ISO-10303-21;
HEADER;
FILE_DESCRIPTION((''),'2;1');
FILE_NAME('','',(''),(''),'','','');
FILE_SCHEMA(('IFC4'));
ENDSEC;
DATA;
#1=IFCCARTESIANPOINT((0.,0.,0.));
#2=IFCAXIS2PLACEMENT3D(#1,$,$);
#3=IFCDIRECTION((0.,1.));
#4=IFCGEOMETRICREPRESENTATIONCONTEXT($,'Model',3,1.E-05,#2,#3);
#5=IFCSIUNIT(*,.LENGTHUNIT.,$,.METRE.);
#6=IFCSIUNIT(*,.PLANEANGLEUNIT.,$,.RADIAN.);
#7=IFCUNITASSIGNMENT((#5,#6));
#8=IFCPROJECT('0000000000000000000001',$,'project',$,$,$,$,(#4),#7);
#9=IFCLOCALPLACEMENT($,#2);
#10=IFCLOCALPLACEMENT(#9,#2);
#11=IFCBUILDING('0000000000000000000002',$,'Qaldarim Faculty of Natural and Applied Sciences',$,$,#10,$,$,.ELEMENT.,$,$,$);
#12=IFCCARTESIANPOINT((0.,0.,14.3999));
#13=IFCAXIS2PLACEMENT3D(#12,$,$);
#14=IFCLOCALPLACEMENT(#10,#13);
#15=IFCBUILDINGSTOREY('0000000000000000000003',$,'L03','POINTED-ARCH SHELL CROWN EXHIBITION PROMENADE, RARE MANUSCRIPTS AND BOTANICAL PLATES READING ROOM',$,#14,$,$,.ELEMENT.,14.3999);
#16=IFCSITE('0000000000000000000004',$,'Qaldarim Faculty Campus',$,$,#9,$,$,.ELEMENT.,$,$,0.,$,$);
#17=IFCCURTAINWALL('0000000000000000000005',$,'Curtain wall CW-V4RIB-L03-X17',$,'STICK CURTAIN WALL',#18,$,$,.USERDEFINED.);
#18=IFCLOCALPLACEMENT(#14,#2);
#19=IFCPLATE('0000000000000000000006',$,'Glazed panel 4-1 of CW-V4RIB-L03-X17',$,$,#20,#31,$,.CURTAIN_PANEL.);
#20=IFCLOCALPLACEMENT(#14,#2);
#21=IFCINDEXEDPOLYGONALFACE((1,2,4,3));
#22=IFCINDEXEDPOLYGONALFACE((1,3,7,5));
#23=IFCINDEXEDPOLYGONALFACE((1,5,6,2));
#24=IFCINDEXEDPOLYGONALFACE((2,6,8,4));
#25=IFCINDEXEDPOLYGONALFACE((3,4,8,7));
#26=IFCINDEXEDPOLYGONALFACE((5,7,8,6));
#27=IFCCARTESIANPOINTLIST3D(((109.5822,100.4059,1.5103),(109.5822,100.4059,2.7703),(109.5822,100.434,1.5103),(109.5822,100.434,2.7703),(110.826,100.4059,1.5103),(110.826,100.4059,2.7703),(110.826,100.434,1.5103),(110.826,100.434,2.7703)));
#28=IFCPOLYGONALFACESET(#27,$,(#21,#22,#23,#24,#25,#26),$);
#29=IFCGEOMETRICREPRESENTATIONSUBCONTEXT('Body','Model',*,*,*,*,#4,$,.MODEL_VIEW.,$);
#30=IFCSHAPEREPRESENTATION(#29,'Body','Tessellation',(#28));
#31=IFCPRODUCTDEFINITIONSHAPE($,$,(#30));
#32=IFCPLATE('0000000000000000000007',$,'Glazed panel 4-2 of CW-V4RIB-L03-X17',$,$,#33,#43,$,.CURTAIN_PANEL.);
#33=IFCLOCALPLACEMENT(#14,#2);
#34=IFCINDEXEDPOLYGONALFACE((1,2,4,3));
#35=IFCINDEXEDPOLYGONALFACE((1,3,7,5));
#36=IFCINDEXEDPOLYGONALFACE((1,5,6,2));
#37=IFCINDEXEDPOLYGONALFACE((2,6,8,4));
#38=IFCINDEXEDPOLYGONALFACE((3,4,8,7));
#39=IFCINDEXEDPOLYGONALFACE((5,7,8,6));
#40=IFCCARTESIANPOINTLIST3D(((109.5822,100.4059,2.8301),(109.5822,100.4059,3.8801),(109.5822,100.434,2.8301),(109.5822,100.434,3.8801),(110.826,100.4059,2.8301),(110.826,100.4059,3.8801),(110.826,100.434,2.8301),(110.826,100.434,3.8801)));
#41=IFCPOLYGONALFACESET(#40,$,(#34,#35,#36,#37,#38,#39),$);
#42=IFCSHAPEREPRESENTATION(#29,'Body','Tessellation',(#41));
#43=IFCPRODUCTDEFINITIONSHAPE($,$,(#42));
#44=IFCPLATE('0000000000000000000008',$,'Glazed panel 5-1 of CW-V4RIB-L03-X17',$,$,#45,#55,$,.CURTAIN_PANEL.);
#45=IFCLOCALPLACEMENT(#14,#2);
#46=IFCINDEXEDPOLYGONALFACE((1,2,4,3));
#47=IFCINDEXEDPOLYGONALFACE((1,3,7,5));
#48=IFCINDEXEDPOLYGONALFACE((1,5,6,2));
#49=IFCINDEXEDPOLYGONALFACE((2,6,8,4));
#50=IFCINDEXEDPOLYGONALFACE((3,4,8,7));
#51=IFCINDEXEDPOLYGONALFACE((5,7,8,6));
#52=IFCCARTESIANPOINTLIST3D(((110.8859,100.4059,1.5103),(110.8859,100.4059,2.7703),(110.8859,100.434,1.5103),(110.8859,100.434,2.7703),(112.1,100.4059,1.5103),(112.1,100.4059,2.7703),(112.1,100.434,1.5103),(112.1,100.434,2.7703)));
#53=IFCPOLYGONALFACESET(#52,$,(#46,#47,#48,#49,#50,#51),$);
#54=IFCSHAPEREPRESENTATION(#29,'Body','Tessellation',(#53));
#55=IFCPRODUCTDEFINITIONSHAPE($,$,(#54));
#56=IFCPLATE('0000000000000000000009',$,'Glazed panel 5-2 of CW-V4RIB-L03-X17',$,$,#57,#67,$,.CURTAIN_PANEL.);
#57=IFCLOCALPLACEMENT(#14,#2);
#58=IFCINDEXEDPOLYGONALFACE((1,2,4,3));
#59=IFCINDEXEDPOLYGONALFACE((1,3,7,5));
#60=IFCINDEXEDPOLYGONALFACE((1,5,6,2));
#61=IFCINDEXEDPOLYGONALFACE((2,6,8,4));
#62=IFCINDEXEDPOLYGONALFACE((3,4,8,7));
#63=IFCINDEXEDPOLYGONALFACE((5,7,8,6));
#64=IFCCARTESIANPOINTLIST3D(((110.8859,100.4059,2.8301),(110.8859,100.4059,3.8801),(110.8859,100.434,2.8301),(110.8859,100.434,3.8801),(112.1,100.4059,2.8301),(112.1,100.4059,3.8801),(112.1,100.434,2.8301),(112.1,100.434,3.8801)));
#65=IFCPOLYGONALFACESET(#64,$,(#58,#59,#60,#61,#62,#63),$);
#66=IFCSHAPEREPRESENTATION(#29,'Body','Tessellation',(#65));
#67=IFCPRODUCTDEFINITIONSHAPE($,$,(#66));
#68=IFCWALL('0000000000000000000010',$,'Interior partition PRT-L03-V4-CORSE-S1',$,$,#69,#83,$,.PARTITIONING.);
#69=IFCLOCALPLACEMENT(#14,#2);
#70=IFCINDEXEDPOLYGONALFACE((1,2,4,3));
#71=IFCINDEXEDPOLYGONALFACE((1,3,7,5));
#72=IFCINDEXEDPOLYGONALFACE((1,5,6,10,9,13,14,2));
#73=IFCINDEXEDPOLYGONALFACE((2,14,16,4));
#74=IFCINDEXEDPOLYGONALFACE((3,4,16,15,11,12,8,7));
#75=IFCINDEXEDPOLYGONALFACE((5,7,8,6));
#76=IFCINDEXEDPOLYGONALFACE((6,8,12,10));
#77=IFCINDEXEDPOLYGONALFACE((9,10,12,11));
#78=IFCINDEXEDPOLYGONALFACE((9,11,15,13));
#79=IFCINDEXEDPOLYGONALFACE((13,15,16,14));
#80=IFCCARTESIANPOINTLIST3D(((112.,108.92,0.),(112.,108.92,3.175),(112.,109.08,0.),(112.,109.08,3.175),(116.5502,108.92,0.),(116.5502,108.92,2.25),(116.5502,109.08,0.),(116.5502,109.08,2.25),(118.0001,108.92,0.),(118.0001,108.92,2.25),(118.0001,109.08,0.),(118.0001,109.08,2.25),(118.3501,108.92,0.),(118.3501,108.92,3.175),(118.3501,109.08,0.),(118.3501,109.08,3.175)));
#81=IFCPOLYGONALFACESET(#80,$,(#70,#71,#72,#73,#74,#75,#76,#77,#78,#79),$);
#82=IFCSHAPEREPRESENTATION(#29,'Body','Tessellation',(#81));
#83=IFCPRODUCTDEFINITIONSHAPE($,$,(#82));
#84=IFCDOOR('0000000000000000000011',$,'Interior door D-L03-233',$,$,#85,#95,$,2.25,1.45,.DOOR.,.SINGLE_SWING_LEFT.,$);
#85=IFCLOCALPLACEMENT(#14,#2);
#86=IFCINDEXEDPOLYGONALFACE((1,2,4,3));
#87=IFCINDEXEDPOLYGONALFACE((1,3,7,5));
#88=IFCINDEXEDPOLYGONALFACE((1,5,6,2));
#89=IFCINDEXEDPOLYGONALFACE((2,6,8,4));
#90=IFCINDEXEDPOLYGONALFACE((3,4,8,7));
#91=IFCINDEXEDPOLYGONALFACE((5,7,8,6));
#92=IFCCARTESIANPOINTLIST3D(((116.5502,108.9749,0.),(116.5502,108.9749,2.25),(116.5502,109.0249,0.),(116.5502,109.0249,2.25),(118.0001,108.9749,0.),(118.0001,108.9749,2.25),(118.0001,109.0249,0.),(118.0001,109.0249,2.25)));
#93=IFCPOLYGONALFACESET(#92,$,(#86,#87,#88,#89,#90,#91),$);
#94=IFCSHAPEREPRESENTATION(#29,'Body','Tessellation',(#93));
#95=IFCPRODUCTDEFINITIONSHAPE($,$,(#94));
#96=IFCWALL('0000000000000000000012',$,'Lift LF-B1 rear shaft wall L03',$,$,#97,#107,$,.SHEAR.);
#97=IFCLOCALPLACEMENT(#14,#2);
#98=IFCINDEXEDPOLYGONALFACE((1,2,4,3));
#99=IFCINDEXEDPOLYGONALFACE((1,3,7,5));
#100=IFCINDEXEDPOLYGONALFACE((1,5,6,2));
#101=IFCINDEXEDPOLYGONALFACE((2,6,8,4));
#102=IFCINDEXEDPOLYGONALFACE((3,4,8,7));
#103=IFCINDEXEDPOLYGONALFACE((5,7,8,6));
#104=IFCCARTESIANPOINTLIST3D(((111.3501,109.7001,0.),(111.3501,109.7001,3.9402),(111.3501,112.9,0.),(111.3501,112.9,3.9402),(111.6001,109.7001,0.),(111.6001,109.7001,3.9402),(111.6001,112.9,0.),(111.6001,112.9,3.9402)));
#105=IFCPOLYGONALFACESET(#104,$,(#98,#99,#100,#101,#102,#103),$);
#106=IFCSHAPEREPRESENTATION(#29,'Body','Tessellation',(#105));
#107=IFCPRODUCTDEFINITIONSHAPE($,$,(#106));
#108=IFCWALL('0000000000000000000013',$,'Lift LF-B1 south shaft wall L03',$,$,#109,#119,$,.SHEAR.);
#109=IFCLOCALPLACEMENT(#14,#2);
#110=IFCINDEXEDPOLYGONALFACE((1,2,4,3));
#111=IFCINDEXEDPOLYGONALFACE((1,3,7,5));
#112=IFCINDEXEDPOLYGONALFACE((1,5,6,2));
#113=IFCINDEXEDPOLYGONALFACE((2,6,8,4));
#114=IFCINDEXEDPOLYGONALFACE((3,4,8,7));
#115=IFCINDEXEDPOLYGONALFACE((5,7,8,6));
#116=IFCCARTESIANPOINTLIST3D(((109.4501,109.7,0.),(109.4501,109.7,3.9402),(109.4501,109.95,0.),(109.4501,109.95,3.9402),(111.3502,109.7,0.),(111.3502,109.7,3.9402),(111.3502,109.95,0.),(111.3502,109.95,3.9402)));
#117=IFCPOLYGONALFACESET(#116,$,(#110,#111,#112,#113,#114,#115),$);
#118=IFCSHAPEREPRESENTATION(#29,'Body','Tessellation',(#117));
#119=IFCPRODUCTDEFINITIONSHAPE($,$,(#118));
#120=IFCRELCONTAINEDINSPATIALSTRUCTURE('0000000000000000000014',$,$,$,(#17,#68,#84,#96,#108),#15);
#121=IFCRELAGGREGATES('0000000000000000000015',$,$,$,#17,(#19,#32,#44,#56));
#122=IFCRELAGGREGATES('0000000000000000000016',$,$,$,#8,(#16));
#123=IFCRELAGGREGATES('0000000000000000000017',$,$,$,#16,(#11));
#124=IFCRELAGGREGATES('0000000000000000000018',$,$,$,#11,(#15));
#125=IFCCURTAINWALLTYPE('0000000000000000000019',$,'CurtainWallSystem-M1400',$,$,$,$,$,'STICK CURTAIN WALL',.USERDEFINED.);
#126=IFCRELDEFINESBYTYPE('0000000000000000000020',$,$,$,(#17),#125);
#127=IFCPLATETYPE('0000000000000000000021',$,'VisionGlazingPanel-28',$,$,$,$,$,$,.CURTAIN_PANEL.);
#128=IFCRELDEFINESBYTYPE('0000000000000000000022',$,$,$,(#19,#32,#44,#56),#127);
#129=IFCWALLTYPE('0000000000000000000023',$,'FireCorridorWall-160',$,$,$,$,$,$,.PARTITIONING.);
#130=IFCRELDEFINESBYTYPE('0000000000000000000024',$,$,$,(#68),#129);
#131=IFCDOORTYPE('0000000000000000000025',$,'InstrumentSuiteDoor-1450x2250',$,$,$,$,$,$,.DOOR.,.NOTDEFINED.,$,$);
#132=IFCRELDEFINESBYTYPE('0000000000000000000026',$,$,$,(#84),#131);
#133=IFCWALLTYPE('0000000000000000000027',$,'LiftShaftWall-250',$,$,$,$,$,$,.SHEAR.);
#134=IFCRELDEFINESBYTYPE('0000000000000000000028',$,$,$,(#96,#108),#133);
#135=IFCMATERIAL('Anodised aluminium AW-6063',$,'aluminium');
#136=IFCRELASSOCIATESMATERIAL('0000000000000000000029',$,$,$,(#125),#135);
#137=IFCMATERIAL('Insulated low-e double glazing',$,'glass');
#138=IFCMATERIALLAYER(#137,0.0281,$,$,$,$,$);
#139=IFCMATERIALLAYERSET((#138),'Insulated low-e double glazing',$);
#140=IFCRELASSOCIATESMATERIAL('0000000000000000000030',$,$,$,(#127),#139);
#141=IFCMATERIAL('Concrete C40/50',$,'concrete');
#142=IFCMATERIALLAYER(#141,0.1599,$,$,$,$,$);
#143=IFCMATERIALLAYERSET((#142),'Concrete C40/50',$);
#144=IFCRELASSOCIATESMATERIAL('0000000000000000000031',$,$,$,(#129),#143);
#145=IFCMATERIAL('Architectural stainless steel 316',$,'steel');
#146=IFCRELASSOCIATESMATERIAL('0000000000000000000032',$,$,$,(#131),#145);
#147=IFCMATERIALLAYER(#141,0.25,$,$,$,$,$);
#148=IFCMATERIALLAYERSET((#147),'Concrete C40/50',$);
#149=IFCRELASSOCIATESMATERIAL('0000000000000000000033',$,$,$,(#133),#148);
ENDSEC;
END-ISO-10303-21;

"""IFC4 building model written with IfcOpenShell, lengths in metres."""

from ifc_helpers import new_model, si_unit, direction, frame, frame_2d, origin, origin_2d, place, context, subcontext, project, spatial, rectangle, extrude, material, layer, layer_set, type_object, element, fill, aggregate, save


model = new_model("IFC4")

# Units and contexts
model_context = context("Model", 3, precision=1e-05, world=origin(), true_north=direction((0.0, 1.0)))
body_context = subcontext(model_context, "Body", "Model", "MODEL_VIEW")
ifc_project = project(units=[si_unit("LENGTHUNIT", "METRE"), si_unit("PLANEANGLEUNIT", "RADIAN")], contexts=[model_context])

# Site, building, storey
site_placement = place(None, origin())
site = spatial("IfcSite", under=ifc_project, at=site_placement, Name="Qaldarim Faculty Campus", CompositionType="ELEMENT", RefElevation=0.0)
building_placement = place(site_placement, origin())
building = spatial("IfcBuilding", under=site, at=building_placement, Name="Qaldarim Faculty of Natural and Applied Sciences", CompositionType="ELEMENT")
storey_placement = place(building_placement, frame((0.0, 0.0, 14.3999)))
storey = spatial("IfcBuildingStorey", under=building, at=storey_placement, Name="L03", Description="POINTED-ARCH SHELL CROWN EXHIBITION PROMENADE, RARE MANUSCRIPTS AND BOTANICAL PLATES READING ROOM", CompositionType="ELEMENT", Elevation=14.3999)

# Shared definitions
ifc_material_1 = material(Name="Concrete C40/50", Category="concrete")

# Curtain wall
ifc_material_2 = material(Name="Anodised aluminium AW-6063", Category="aluminium")
curtain_wall_type = type_object("IfcCurtainWallType", Name="CurtainWallSystem-M1400", ElementType="STICK CURTAIN WALL", PredefinedType="USERDEFINED", material=ifc_material_2)
curtain_wall_placement = place(storey_placement, origin())
curtain_wall = element("IfcCurtainWall", 1, at=curtain_wall_placement, inside=storey, type_object=curtain_wall_type, Name="Curtain wall CW-V4RIB-L03-X17", ObjectType="STICK CURTAIN WALL", PredefinedType="USERDEFINED")

# Plates
ifc_material_3 = material(Name="Insulated low-e double glazing", Category="glass")
ifc_layer_1 = layer(ifc_material_3, 0.0281)
ifc_layer_set_1 = layer_set([ifc_layer_1], Name="Insulated low-e double glazing")
plate_type = type_object("IfcPlateType", Name="VisionGlazingPanel-28", PredefinedType="CURTAIN_PANEL", material=ifc_layer_set_1)
plate_1_placement = place(storey_placement, frame((110.2041, 100.4199, 1.5103), z_axis=(0.0, 0.0, 1.0), x_axis=(1.0, 0.0, 0.0)))
plate_1 = element("IfcPlate", 2, at=plate_1_placement, type_object=plate_type, Name="Glazed panel 4-1 of CW-V4RIB-L03-X17", PredefinedType="CURTAIN_PANEL", context=body_context, shape_type="SweptSolid", body=[
    extrude(rectangle(XDim=1.2439, YDim=0.0281, at=origin_2d()), origin(), (0.0, 0.0, 1.0), 1.26),
])
plate_2_placement = place(storey_placement, frame((110.2041, 100.4199, 2.8301), z_axis=(0.0, 0.0, 1.0), x_axis=(1.0, 0.0, 0.0)))
plate_2 = element("IfcPlate", 3, at=plate_2_placement, type_object=plate_type, Name="Glazed panel 4-2 of CW-V4RIB-L03-X17", PredefinedType="CURTAIN_PANEL", context=body_context, shape_type="SweptSolid", body=[
    extrude(rectangle(XDim=1.2439, YDim=0.0281, at=origin_2d()), origin(), (0.0, 0.0, 1.0), 1.05),
])
plate_3_placement = place(storey_placement, frame((111.4929, 100.4199, 1.5103), z_axis=(0.0, 0.0, 1.0), x_axis=(1.0, 0.0, 0.0)))
plate_3 = element("IfcPlate", 4, at=plate_3_placement, type_object=plate_type, Name="Glazed panel 5-1 of CW-V4RIB-L03-X17", PredefinedType="CURTAIN_PANEL", context=body_context, shape_type="SweptSolid", body=[
    extrude(rectangle(XDim=1.2141, YDim=0.0281, at=origin_2d()), origin(), (0.0, 0.0, 1.0), 1.26),
])
plate_4_placement = place(storey_placement, frame((111.4929, 100.4199, 2.8301), z_axis=(0.0, 0.0, 1.0), x_axis=(1.0, 0.0, 0.0)))
plate_4 = element("IfcPlate", 5, at=plate_4_placement, type_object=plate_type, Name="Glazed panel 5-2 of CW-V4RIB-L03-X17", PredefinedType="CURTAIN_PANEL", context=body_context, shape_type="SweptSolid", body=[
    extrude(rectangle(XDim=1.2141, YDim=0.0281, at=origin_2d()), origin(), (0.0, 0.0, 1.0), 1.05),
])
aggregate(curtain_wall, [plate_1, plate_2, plate_3, plate_4])

# Wall, opening, door
ifc_layer_2 = layer(ifc_material_1, 0.1599)
ifc_layer_set_2 = layer_set([ifc_layer_2], Name="Concrete C40/50")
wall_type_1 = type_object("IfcWallType", Name="FireCorridorWall-160", PredefinedType="PARTITIONING", material=ifc_layer_set_2)
wall_1_placement = place(storey_placement, frame((112.0, 109.0, 0.0), z_axis=(0.0, 0.0, 1.0), x_axis=(1.0, 0.0, 0.0)))
wall_1 = element("IfcWall", 6, at=wall_1_placement, inside=storey, type_object=wall_type_1, Name="Interior partition PRT-L03-V4-CORSE-S1", PredefinedType="PARTITIONING", context=body_context, shape_type="SweptSolid", body=[
    extrude(rectangle(XDim=6.3501, YDim=0.1599, at=frame_2d((3.175, 0.0))), origin(), (0.0, 0.0, 1.0), 3.175),
])
opening_1_placement = place(wall_1_placement, frame((4.55, 0.0, 0.0)))
opening_1 = element("IfcOpeningElement", 7, at=opening_1_placement, cuts=wall_1, PredefinedType="OPENING", context=body_context, shape_type="SweptSolid", body=[
    extrude(rectangle(XDim=1.45, YDim=2.25, at=frame_2d((0.7251, 1.125))), frame((0.0, 0.0898, 0.0), z_axis=(0.0, -1.0, 0.0), x_axis=(1.0, 0.0, 0.0)), (0.0, 0.0, 1.0), 0.1799),
])
ifc_material_4 = material(Name="Architectural stainless steel 316", Category="steel")
door_type_1 = type_object("IfcDoorType", Name="InstrumentSuiteDoor-1450x2250", OperationType="NOTDEFINED", PredefinedType="DOOR", material=ifc_material_4)
door_1_placement = place(opening_1_placement, origin())
door_1 = element("IfcDoor", 8, at=door_1_placement, inside=storey, type_object=door_type_1, Name="Interior door D-L03-233", OperationType="SINGLE_SWING_LEFT", OverallHeight=2.25, OverallWidth=1.45, PredefinedType="DOOR", context=body_context, shape_type="SweptSolid", body=[
    extrude(rectangle(XDim=1.45, YDim=2.25, at=frame_2d((0.7251, 1.125))), frame((0.0, 0.0249, 0.0), z_axis=(0.0, -1.0, 0.0), x_axis=(1.0, 0.0, 0.0)), (0.0, 0.0, 1.0), 0.05),
])
fill(opening_1, door_1)
ifc_layer_3 = layer(ifc_material_1, 0.25)
ifc_layer_set_3 = layer_set([ifc_layer_3], Name="Concrete C40/50")
wall_type_2 = type_object("IfcWallType", Name="LiftShaftWall-250", PredefinedType="SHEAR", material=ifc_layer_set_3)

# Walls
wall_2_placement = place(storey_placement, frame((111.4751, 109.7, 0.0), z_axis=(0.0, 0.0, 1.0), x_axis=(0.0, 1.0, 0.0)))
element("IfcWall", 9, at=wall_2_placement, inside=storey, type_object=wall_type_2, Name="Lift LF-B1 rear shaft wall L03", PredefinedType="SHEAR", context=body_context, shape_type="SweptSolid", body=[
    extrude(rectangle(XDim=3.2, YDim=0.25, at=frame_2d((1.6001, 0.0))), origin(), (0.0, 0.0, 1.0), 3.9402),
])
wall_3_placement = place(storey_placement, frame((109.45, 109.825, 0.0), z_axis=(0.0, 0.0, 1.0), x_axis=(1.0, 0.0, 0.0)))
element("IfcWall", 10, at=wall_3_placement, inside=storey, type_object=wall_type_2, Name="Lift LF-B1 south shaft wall L03", PredefinedType="SHEAR", context=body_context, shape_type="SweptSolid", body=[
    extrude(rectangle(XDim=1.9001, YDim=0.25, at=frame_2d((0.9502, 0.0))), origin(), (0.0, 0.0, 1.0), 3.9402),
])

save(model, "model.ifc")
